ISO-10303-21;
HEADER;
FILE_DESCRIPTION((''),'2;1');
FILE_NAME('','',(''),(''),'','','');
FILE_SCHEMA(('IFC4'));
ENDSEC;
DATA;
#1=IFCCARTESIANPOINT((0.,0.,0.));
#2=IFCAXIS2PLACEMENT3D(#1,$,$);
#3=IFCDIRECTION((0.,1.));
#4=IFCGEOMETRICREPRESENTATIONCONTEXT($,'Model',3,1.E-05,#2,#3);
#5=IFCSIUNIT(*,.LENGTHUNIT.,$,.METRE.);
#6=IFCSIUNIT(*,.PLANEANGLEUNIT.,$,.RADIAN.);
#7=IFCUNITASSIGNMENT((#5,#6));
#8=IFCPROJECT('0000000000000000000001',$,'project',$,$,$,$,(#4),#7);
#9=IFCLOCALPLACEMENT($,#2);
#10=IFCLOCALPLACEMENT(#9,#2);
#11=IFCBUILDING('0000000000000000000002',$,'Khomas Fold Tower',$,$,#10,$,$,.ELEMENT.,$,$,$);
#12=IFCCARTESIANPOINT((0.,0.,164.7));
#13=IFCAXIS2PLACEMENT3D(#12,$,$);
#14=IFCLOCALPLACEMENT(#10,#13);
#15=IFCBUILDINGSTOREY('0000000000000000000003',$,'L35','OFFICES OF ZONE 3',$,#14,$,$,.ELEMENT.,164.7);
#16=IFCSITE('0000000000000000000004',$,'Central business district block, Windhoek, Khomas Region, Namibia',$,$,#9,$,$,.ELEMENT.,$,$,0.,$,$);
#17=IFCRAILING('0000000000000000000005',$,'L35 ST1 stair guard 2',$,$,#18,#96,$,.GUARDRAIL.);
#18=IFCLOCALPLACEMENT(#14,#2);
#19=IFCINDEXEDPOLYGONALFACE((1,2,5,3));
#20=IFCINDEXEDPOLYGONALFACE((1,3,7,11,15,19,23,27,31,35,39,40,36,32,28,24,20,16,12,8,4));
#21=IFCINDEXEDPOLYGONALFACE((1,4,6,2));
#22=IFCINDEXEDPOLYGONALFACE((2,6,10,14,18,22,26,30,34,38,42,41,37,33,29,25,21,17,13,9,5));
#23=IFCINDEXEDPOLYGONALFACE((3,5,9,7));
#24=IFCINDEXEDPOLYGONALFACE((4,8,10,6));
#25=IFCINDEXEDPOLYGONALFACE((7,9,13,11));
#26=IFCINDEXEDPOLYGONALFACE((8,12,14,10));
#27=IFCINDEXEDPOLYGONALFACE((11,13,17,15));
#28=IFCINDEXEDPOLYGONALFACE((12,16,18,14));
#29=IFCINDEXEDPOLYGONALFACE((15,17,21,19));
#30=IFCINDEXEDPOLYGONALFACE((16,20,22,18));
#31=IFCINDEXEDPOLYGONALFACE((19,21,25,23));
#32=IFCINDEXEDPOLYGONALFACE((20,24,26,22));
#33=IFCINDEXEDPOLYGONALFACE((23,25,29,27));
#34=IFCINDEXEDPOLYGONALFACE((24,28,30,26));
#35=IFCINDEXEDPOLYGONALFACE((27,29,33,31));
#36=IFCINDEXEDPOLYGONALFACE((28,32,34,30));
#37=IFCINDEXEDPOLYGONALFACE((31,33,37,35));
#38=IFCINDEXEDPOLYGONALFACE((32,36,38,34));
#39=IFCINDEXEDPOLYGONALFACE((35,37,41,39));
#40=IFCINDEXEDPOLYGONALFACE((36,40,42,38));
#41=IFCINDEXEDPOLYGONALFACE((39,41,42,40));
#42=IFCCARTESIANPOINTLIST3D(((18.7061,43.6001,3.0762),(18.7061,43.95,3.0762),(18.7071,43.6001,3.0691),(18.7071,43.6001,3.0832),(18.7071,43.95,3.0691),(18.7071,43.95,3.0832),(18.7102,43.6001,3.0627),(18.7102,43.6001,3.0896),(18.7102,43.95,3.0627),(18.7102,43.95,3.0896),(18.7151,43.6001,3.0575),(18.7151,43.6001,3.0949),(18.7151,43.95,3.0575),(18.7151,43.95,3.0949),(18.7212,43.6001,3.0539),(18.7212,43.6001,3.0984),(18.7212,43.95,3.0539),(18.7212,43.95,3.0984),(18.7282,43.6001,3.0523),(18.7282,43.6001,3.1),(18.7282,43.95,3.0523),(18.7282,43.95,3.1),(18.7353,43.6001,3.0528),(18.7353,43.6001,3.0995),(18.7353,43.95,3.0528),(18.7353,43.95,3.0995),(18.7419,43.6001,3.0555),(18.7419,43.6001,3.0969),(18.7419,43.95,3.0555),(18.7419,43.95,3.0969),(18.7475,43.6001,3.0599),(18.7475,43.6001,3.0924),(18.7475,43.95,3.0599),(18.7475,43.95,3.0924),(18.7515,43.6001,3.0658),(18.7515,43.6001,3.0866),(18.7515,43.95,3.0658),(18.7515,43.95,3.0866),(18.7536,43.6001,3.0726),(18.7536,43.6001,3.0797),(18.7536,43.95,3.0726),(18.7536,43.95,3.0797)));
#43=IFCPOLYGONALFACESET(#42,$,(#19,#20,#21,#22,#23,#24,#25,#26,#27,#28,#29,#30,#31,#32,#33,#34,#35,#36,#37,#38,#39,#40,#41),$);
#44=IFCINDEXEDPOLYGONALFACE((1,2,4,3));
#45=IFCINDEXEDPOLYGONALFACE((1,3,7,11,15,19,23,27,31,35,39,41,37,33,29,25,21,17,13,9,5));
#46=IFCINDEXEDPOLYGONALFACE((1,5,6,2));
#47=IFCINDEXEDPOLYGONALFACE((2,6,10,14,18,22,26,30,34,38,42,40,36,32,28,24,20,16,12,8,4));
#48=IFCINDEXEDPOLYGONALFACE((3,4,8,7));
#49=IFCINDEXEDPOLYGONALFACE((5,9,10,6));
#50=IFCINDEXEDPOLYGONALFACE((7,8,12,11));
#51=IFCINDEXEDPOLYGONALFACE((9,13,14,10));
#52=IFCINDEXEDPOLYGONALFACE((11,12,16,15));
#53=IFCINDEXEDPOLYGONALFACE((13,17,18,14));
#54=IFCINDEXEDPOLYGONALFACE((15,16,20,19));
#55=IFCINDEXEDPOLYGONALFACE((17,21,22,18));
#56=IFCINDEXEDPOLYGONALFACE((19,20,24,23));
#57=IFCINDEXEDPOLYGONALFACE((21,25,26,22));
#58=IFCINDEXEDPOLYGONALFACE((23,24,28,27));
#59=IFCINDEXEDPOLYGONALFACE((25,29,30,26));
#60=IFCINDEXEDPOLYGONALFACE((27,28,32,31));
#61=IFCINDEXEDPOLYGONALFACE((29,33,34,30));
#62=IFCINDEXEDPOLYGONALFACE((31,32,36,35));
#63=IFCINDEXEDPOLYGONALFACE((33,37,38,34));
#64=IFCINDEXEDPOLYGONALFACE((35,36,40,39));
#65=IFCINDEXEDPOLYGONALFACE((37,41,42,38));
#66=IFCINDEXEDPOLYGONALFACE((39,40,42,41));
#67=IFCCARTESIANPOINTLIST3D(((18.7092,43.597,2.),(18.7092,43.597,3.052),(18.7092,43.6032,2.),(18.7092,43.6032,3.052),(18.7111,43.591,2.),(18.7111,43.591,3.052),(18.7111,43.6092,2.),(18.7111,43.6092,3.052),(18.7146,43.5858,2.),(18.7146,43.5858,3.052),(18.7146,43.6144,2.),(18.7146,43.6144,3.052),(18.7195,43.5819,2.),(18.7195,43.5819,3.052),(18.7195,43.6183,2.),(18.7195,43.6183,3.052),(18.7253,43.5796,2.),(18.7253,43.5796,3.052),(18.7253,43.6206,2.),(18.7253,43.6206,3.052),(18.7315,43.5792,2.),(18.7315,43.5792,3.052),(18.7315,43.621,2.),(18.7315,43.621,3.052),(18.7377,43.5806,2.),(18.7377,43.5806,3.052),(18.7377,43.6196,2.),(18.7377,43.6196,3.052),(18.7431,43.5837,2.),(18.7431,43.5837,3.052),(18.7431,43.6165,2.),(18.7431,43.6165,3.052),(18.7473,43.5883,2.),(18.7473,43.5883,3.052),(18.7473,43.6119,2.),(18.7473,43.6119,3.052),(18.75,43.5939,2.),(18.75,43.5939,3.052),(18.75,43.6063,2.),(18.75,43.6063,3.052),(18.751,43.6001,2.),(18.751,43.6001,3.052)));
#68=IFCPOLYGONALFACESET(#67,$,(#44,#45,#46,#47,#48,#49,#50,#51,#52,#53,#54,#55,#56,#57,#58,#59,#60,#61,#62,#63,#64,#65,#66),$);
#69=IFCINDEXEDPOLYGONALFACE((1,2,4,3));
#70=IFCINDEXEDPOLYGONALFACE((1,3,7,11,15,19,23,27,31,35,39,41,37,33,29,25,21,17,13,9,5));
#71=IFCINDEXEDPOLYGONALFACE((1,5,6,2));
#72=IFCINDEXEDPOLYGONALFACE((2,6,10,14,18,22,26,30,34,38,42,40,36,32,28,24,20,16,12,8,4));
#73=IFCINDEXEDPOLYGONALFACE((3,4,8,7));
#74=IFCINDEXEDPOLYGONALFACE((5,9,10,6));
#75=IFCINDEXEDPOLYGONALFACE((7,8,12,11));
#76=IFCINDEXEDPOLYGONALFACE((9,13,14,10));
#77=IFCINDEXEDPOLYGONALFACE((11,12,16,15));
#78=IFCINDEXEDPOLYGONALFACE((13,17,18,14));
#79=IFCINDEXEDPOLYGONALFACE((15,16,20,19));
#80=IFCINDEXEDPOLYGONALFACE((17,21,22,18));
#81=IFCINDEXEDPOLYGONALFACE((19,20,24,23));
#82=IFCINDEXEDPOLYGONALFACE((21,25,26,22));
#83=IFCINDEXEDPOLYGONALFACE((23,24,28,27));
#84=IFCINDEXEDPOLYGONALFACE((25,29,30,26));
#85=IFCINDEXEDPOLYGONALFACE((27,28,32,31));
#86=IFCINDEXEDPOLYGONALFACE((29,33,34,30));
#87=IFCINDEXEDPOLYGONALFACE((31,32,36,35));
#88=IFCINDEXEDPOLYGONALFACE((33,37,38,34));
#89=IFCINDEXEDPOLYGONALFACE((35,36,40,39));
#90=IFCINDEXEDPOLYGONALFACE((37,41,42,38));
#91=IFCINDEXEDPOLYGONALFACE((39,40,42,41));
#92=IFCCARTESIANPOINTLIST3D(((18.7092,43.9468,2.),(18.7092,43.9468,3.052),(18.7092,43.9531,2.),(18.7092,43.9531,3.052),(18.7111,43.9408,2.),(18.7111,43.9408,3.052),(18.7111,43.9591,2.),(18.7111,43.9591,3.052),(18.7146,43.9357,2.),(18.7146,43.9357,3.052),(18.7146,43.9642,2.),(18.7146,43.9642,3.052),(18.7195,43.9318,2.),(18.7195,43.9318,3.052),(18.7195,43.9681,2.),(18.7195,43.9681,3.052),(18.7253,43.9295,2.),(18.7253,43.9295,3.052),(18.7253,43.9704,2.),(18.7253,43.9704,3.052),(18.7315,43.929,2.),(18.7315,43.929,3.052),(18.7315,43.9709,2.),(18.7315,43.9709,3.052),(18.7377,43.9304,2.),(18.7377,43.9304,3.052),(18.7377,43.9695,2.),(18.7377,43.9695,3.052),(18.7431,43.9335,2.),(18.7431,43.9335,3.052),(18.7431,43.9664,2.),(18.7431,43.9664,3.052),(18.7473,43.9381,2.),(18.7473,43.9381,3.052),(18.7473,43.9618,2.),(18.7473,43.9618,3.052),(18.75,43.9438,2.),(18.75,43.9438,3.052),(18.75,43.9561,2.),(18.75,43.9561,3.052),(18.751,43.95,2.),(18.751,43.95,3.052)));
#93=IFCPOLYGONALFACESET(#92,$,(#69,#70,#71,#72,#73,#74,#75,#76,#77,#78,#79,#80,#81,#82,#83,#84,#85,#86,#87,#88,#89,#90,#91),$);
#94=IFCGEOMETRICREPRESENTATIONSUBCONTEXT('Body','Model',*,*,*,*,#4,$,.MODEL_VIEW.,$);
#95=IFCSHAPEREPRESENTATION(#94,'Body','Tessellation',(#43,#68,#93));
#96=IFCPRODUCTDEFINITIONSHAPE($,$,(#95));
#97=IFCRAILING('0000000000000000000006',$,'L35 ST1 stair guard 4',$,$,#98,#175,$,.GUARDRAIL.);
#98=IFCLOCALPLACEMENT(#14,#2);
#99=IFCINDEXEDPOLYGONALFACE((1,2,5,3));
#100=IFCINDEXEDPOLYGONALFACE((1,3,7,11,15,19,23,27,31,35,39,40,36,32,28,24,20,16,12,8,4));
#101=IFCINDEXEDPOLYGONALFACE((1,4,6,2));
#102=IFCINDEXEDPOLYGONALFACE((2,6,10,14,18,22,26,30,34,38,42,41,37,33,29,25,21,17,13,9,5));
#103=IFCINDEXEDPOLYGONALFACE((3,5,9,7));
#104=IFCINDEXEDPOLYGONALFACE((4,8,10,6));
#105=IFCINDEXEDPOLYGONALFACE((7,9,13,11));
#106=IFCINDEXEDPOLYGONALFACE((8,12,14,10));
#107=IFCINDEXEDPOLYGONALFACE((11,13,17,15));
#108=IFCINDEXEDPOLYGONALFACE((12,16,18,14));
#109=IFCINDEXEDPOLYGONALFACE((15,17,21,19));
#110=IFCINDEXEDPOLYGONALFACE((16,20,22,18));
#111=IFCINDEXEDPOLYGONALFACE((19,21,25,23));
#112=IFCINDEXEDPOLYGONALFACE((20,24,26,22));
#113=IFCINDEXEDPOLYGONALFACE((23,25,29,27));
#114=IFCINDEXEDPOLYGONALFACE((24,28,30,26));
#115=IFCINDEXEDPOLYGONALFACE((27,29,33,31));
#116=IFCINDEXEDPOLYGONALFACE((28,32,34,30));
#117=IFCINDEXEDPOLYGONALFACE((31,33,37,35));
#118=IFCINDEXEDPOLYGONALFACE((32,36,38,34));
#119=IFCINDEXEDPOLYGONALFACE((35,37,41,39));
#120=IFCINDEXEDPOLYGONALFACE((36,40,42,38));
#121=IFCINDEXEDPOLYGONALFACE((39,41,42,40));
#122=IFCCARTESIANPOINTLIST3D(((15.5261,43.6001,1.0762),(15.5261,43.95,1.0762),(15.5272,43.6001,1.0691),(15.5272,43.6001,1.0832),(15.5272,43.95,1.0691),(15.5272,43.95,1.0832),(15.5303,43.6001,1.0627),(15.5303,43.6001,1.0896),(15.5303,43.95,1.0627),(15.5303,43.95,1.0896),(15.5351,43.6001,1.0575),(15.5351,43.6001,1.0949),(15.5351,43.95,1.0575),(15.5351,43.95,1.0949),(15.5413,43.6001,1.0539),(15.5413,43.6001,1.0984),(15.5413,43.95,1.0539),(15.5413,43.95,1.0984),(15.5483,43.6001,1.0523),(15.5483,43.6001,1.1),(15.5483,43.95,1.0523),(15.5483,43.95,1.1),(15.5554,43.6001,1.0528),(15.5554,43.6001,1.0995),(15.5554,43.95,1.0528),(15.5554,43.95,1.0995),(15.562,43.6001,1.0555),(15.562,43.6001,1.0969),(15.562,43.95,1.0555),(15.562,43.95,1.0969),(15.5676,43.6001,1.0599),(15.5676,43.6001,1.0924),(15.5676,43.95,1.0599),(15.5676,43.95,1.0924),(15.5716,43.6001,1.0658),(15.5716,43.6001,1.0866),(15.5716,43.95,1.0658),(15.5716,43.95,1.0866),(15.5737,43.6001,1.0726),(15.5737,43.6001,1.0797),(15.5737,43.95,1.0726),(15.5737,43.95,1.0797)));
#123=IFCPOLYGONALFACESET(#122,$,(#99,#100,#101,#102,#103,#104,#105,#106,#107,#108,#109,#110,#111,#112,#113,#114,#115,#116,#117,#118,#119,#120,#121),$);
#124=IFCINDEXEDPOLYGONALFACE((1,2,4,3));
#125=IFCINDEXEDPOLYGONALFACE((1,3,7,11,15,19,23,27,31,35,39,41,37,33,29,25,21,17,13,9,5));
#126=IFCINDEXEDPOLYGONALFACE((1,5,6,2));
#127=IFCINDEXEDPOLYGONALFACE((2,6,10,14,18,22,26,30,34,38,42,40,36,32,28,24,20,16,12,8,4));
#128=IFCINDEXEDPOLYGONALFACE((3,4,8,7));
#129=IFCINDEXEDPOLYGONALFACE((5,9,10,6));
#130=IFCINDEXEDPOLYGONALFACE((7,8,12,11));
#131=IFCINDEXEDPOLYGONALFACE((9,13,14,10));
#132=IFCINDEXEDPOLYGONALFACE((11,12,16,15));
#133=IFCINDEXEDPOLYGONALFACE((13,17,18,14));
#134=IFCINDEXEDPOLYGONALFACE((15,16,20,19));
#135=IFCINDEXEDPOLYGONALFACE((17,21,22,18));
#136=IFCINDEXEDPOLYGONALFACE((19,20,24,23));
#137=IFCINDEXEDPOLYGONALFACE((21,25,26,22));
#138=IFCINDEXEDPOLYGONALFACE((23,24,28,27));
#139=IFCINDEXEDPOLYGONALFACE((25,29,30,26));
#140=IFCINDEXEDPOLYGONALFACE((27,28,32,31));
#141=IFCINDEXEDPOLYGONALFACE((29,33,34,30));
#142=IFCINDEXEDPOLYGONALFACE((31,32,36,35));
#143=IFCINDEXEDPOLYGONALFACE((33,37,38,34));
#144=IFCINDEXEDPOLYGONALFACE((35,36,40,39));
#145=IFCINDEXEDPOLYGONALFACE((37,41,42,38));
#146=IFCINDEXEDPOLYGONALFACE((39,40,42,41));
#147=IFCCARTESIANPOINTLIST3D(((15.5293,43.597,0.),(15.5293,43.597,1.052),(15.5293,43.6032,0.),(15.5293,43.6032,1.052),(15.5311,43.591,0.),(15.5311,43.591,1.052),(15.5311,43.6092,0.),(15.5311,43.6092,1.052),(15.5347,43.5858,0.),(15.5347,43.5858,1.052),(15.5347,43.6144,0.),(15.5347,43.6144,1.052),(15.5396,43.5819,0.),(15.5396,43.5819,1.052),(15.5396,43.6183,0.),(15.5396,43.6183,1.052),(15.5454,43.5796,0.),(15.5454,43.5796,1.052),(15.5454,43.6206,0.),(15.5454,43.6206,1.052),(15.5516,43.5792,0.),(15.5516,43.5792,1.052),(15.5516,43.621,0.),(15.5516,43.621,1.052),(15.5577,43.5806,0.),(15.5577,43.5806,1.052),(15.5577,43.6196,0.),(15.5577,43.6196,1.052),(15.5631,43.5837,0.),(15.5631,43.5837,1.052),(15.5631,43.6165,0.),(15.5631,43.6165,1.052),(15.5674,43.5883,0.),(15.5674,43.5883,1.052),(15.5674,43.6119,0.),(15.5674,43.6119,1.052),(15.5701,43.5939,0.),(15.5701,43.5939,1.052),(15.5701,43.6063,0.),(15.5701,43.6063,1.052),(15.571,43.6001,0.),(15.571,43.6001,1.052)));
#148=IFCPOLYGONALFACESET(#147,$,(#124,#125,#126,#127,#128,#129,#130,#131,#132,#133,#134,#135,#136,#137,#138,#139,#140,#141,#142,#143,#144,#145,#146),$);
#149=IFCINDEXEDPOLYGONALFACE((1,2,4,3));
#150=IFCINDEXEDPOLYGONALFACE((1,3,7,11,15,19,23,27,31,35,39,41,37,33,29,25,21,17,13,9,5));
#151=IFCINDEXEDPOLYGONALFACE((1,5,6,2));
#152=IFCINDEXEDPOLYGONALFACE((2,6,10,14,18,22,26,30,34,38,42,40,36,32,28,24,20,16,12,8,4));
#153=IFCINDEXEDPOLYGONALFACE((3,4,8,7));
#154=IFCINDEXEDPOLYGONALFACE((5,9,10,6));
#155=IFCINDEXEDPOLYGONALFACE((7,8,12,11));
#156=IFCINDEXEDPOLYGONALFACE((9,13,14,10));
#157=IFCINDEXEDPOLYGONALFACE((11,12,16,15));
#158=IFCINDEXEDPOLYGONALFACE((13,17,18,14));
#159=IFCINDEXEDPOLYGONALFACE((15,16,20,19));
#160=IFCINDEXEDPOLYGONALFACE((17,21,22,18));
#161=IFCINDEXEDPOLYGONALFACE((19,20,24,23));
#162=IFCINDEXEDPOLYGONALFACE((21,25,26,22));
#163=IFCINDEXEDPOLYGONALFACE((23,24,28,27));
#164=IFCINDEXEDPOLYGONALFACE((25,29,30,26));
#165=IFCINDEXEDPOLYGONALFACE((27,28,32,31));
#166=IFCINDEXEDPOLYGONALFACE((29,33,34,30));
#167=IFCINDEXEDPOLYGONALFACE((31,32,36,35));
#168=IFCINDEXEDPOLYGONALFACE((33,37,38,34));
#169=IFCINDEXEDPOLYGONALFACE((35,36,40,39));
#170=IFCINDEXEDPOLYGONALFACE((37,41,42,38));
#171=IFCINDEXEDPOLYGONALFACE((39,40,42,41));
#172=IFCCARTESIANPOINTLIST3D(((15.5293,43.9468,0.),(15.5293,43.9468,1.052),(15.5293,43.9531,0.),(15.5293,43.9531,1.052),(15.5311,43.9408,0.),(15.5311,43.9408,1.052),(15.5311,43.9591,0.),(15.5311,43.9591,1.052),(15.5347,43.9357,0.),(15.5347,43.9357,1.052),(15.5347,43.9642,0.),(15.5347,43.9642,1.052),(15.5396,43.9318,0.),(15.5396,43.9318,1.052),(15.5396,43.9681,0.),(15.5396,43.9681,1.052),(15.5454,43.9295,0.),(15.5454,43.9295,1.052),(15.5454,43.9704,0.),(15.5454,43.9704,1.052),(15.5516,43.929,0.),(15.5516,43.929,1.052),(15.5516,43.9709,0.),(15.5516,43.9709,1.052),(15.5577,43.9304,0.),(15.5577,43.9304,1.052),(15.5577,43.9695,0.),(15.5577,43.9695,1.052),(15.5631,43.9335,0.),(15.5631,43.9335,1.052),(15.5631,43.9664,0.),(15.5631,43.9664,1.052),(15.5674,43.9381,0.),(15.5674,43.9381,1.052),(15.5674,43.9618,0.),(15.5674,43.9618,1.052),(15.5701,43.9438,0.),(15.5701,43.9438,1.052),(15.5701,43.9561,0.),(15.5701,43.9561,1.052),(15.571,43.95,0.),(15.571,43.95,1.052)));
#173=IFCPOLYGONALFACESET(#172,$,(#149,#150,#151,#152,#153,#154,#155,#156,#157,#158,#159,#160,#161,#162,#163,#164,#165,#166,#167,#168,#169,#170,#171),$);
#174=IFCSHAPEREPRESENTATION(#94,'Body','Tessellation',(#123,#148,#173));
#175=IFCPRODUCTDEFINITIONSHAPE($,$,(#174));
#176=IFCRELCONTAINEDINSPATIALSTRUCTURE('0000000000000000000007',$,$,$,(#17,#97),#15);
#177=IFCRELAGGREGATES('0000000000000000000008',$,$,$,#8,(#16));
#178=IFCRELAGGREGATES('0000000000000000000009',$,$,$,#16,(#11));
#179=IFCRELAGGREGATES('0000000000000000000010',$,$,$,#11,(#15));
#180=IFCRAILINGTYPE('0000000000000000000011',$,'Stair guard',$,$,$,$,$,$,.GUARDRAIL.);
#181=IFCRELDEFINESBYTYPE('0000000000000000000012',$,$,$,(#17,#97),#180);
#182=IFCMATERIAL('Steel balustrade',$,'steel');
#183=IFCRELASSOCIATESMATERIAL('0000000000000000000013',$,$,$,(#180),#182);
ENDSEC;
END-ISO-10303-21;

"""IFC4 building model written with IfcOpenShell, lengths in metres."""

from ifc_helpers import new_model, si_unit, direction, frame, origin, origin_2d, place, context, subcontext, project, spatial, circle, extrude, source, transform, mapped, material, type_object, element, save


model = new_model("IFC4")

# Units and contexts
model_context = context("Model", 3, precision=1e-05, world=origin(), true_north=direction((0.0, 1.0)))
body_context = subcontext(model_context, "Body", "Model", "MODEL_VIEW")
ifc_project = project(units=[si_unit("LENGTHUNIT", "METRE"), si_unit("PLANEANGLEUNIT", "RADIAN")], contexts=[model_context])

# Site, building, storey
site_placement = place(None, origin())
site = spatial("IfcSite", under=ifc_project, at=site_placement, Name="Central business district block, Windhoek, Khomas Region, Namibia", CompositionType="ELEMENT", RefElevation=0.0)
building_placement = place(site_placement, origin())
building = spatial("IfcBuilding", under=site, at=building_placement, Name="Khomas Fold Tower", CompositionType="ELEMENT")
storey_placement = place(building_placement, frame((0.0, 0.0, 164.7)))
storey = spatial("IfcBuildingStorey", under=building, at=storey_placement, Name="L35", Description="OFFICES OF ZONE 3", CompositionType="ELEMENT", Elevation=164.7)

# Railings
ifc_material_1 = material(Name="Steel balustrade", Category="steel")
railing_type_1 = type_object("IfcRailingType", Name="Stair guard", PredefinedType="GUARDRAIL", material=ifc_material_1)
shared_shape_1 = source(origin(), body_context, "Body", "SweptSolid", [
    extrude(circle(Radius=0.0239, at=origin_2d()), frame((0.0, 0.0, 1.0762), z_axis=(0.0, 1.0, 0.0), x_axis=(-1.0, 0.0, 0.0)), (0.0, 0.0, 1.0), 0.3499),
    extrude(circle(Radius=0.021, at=origin_2d()), origin(), (0.0, 0.0, 1.0), 1.052),
    extrude(circle(Radius=0.021, at=origin_2d()), frame((0.0, 0.3499, 0.0)), (0.0, 0.0, 1.0), 1.052),
])
for number, where, name in (
    (1, (18.73, 43.6001, 2.0), "L35 ST1 stair guard 2"),
    (2, (15.55, 43.6001, 0.0), "L35 ST1 stair guard 4"),
):
    element("IfcRailing", number, at=place(storey_placement, frame(where)), inside=storey, type_object=railing_type_1, Name=name, PredefinedType="GUARDRAIL", context=body_context, shape_type="MappedRepresentation", body=[
        mapped(shared_shape_1, transform((0.0, 0.0, 0.0))),
    ])

save(model, "model.ifc")
